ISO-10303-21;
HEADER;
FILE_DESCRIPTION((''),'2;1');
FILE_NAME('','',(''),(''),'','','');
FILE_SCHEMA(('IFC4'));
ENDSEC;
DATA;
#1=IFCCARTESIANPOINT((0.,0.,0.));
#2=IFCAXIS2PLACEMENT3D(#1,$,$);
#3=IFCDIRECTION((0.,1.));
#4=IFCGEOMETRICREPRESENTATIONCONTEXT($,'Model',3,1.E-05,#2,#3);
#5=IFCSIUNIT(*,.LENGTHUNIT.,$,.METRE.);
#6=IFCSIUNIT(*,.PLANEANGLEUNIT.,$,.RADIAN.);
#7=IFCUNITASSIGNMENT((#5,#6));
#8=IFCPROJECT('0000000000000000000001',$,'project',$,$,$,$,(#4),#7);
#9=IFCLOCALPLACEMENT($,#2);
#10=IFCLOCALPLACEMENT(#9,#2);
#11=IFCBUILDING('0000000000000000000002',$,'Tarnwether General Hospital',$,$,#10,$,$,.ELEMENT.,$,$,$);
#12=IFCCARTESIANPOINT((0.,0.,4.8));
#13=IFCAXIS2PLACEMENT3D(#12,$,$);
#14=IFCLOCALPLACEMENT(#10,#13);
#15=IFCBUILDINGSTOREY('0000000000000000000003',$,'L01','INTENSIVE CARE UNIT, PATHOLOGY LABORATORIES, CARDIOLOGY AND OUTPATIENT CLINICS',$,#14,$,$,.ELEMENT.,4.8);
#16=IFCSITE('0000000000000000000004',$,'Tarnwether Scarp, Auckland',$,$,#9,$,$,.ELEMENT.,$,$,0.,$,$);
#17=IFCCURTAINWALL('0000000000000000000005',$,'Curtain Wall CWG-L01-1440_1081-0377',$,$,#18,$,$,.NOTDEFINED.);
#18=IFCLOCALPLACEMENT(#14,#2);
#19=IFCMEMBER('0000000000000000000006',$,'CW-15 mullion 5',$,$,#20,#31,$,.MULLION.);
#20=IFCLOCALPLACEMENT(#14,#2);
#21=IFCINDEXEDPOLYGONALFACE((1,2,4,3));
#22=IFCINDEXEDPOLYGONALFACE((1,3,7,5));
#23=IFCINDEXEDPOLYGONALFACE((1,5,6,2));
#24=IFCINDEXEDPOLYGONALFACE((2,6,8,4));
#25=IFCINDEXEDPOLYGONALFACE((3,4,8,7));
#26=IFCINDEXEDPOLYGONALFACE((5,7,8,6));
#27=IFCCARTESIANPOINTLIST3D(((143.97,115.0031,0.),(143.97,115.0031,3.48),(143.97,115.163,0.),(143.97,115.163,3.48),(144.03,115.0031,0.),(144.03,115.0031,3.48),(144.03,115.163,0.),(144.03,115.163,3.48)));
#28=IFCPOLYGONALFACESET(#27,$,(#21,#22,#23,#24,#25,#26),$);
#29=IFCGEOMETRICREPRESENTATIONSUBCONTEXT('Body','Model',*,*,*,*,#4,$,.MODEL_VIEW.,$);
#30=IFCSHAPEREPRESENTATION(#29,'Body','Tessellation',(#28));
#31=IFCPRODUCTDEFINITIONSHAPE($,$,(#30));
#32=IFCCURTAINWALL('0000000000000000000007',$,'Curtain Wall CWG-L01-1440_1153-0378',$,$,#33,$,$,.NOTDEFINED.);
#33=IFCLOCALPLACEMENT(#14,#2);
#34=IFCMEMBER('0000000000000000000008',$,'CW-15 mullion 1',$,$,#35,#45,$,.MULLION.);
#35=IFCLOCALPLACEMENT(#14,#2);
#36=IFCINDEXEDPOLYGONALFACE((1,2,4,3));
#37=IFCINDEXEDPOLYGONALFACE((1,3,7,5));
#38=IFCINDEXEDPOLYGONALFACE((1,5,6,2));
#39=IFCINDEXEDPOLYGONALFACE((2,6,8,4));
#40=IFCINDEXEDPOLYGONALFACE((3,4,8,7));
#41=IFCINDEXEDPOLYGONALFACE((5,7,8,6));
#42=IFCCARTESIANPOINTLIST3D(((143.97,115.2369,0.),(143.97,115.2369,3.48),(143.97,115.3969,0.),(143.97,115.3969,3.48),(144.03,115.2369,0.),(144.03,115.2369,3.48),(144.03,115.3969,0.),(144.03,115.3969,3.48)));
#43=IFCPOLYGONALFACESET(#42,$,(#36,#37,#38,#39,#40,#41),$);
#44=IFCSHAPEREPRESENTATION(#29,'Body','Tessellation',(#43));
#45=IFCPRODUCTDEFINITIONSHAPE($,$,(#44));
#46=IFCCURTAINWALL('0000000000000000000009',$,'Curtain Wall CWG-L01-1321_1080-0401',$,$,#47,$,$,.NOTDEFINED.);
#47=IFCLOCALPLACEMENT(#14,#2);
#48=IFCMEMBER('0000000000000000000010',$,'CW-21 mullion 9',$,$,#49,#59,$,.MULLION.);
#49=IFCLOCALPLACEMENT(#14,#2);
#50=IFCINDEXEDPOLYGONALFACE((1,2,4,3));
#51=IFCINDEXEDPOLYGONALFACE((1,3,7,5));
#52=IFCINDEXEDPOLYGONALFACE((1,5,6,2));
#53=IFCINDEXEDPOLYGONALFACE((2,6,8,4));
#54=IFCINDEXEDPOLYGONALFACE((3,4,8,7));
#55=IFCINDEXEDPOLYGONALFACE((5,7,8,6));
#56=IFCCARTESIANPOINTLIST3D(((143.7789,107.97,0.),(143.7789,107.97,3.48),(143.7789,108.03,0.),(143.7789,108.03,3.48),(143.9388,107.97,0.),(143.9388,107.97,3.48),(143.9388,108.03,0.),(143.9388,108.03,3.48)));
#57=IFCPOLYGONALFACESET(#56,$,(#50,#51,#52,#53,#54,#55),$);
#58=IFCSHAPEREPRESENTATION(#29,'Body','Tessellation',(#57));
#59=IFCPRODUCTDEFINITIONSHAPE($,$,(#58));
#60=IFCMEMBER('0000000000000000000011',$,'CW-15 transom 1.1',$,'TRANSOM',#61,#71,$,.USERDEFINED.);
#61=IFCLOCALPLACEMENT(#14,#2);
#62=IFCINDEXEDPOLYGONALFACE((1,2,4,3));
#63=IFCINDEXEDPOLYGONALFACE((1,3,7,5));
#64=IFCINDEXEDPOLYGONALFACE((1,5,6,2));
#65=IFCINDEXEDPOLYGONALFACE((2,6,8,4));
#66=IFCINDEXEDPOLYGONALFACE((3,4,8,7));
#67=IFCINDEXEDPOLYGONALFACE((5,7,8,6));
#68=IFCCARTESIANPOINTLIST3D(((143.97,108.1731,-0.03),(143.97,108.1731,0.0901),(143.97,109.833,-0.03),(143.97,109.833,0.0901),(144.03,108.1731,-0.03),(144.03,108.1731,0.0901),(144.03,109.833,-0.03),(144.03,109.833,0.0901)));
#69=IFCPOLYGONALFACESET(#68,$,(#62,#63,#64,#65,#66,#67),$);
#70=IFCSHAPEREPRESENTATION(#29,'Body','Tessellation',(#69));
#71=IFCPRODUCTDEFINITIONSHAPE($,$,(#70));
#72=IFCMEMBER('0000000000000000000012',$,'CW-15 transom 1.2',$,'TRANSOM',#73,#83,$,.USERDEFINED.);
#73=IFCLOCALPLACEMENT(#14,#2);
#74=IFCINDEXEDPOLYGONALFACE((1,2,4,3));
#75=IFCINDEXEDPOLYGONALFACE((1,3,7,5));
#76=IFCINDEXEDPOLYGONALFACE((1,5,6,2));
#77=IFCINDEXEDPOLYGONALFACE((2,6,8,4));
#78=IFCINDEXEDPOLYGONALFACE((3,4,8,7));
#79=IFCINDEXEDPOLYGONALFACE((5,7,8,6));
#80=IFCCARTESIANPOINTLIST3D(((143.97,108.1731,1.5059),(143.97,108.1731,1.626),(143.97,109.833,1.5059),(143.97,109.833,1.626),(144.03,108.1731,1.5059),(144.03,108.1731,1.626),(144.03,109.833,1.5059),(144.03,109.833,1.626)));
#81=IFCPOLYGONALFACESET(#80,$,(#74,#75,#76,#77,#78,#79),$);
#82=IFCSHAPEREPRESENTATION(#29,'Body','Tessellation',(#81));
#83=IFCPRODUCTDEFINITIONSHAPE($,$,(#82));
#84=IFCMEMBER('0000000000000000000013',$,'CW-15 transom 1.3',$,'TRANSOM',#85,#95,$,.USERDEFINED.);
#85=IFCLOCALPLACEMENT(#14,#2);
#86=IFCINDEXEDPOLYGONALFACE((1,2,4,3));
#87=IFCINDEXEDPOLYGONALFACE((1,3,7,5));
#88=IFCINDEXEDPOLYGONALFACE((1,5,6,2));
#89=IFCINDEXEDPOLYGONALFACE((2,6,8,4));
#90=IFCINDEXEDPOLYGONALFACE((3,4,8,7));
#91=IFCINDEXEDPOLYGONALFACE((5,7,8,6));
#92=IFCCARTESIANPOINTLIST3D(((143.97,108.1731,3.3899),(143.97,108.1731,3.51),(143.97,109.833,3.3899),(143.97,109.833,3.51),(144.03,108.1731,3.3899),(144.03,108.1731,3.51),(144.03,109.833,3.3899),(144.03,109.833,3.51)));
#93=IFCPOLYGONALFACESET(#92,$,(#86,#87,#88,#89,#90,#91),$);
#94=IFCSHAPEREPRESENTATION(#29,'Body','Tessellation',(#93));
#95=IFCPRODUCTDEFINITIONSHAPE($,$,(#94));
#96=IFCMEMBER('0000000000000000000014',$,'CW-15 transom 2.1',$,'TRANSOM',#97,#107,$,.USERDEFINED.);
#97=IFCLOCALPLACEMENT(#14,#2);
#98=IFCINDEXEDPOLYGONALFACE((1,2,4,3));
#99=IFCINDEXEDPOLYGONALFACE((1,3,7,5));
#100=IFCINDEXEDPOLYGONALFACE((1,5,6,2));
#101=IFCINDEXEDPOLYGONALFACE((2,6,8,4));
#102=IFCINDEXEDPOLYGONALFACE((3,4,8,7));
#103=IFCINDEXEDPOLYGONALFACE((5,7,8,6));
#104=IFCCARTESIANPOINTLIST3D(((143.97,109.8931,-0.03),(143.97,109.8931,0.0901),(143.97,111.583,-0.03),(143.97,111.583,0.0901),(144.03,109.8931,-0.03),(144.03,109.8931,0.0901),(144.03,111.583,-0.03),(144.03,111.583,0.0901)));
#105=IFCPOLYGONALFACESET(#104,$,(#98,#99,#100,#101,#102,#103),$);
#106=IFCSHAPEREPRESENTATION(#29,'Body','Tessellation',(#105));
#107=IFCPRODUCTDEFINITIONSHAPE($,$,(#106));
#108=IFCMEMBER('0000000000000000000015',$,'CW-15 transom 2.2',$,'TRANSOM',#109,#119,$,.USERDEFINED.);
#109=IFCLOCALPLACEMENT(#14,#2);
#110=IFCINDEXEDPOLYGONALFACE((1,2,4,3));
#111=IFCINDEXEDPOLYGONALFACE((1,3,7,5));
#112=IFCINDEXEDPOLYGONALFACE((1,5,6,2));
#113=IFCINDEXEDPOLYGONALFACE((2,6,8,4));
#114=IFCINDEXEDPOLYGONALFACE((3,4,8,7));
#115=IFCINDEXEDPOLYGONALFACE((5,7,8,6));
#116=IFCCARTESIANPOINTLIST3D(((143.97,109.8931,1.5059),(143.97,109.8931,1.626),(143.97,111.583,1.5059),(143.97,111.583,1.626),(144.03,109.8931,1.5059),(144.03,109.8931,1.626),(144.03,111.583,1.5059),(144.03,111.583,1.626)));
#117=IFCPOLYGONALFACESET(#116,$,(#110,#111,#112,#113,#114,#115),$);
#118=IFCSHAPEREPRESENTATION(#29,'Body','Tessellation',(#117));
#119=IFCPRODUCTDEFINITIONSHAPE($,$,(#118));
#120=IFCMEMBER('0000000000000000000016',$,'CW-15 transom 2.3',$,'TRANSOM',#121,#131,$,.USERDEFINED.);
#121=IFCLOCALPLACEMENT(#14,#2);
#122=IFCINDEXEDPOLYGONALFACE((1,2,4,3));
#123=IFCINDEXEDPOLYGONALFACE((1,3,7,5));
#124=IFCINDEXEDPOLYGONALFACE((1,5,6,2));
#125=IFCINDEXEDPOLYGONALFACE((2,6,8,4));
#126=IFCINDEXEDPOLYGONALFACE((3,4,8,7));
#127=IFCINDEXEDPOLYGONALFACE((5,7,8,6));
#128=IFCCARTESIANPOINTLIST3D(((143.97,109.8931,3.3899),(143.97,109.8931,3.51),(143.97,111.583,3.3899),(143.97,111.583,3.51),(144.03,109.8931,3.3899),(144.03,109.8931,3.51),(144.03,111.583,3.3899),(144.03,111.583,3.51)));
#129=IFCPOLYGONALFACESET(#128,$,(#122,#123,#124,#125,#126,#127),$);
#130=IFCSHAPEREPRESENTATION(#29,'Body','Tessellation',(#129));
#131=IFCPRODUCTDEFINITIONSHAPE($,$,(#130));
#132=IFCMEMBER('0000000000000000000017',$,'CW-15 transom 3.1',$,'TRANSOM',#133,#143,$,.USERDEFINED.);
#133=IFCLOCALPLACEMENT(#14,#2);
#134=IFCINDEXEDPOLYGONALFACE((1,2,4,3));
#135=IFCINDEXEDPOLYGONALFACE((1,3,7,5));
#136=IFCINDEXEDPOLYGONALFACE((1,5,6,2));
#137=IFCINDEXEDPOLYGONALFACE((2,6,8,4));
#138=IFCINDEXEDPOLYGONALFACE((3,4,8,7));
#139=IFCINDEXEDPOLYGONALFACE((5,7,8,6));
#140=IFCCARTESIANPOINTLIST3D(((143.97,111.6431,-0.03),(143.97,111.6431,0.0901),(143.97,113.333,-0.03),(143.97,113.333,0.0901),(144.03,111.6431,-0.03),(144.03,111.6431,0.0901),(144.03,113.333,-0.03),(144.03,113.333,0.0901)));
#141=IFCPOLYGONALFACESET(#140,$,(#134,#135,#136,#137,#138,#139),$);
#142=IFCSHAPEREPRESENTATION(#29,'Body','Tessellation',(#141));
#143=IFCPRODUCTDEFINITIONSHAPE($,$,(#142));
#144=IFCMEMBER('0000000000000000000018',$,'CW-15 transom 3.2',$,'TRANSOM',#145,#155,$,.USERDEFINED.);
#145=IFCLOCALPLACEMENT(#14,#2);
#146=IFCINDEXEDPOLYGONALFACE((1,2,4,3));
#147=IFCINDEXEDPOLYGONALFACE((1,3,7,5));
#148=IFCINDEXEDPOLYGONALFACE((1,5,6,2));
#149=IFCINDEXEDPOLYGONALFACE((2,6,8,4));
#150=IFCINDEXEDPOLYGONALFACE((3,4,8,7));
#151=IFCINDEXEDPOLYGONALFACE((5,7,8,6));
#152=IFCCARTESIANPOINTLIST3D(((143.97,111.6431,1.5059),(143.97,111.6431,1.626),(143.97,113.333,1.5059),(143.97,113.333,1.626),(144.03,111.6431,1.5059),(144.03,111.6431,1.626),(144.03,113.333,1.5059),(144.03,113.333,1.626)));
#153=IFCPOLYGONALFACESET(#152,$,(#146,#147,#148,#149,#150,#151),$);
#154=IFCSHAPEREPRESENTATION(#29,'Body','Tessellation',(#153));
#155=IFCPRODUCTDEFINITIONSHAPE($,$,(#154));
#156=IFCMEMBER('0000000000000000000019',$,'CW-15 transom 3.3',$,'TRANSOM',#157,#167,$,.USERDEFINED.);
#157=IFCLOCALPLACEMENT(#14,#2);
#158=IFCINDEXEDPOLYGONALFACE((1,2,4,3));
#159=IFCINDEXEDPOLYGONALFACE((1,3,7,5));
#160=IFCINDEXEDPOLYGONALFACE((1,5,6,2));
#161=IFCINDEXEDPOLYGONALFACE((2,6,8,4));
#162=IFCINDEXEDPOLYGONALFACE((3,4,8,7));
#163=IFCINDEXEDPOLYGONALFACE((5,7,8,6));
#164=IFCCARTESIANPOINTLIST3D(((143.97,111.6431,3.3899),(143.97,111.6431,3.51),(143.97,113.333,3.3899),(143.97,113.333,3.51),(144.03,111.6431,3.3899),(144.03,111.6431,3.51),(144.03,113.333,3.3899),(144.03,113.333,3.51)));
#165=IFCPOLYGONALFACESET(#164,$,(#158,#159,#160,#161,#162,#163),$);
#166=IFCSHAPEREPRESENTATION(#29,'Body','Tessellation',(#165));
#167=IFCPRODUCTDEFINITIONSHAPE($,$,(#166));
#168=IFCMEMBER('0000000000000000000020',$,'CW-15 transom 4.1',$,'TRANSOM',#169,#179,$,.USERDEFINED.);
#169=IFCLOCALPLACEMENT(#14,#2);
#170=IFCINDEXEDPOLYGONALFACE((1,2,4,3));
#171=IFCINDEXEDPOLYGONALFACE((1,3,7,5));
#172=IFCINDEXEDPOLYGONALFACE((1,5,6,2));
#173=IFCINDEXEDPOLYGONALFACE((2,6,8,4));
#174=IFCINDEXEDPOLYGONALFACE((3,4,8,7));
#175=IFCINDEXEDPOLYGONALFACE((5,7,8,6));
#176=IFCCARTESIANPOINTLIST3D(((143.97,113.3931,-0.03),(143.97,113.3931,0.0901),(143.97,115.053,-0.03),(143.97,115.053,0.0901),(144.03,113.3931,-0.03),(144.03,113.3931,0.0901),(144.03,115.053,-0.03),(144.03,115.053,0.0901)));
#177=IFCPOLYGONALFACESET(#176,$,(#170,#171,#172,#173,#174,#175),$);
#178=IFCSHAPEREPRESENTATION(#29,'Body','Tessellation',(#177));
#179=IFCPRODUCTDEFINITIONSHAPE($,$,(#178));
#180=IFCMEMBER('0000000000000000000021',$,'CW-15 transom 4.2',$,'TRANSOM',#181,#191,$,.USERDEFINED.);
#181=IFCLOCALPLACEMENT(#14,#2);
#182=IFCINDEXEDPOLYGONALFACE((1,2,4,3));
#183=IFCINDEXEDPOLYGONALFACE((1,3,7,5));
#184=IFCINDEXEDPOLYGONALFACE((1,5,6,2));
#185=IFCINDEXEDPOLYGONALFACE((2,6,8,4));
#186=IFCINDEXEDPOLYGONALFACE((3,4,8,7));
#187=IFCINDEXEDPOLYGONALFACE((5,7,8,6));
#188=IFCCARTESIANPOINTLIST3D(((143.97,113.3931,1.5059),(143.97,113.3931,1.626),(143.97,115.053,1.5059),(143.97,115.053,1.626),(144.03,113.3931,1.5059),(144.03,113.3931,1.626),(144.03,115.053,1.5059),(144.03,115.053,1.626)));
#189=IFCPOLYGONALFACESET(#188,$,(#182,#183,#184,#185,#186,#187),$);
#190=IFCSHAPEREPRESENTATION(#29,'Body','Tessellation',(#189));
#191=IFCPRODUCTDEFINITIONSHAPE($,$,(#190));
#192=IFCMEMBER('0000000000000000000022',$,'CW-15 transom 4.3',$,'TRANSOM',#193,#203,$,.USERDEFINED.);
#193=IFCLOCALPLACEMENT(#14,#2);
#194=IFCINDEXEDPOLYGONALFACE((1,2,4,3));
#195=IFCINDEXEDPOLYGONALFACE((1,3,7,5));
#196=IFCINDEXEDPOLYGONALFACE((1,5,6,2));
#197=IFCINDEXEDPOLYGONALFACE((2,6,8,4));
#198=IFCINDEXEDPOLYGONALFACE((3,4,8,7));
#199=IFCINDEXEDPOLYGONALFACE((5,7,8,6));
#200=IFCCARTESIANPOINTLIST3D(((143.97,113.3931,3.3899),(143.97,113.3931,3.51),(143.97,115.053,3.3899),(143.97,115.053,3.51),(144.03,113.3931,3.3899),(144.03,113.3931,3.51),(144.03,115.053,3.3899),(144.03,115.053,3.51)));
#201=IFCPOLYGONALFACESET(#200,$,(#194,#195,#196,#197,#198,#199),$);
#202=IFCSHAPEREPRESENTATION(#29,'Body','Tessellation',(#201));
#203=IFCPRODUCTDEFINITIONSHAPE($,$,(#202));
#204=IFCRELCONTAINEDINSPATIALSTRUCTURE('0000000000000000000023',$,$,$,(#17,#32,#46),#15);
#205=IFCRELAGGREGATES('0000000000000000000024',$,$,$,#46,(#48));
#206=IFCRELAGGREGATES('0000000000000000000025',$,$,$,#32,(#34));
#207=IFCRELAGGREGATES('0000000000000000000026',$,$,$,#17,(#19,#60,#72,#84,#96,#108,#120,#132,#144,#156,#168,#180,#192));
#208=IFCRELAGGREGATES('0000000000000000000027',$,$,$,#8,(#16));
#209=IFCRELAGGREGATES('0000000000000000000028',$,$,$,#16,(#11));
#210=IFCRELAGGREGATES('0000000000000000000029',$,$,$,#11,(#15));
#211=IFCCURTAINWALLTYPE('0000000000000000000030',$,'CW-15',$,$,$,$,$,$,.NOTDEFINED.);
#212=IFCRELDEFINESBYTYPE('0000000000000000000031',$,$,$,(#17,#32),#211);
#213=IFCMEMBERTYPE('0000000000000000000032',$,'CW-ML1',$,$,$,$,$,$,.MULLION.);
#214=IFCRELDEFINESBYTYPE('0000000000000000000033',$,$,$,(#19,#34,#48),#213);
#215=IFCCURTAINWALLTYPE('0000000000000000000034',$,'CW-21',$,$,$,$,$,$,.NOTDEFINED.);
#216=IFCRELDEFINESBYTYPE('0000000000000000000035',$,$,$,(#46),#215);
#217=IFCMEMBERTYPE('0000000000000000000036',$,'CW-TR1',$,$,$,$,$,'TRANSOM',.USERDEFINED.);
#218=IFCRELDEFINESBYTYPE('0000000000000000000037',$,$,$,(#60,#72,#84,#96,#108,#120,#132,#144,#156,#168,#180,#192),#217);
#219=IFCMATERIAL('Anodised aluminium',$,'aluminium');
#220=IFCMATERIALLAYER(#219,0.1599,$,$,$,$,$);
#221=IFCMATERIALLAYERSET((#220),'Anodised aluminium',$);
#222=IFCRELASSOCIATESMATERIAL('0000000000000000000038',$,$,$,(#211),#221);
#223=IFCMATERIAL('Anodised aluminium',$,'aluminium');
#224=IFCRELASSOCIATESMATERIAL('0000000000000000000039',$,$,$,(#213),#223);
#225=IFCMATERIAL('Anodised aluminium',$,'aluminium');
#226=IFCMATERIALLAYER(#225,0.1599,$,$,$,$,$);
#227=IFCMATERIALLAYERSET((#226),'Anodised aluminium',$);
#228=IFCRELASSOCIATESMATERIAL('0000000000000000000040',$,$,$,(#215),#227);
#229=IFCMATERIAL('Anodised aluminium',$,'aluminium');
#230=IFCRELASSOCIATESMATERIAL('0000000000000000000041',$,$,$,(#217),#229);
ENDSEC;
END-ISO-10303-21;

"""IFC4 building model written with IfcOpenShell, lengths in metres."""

from ifc_helpers import new_model, si_unit, direction, frame, origin, origin_2d, place, context, subcontext, project, spatial, rectangle, extrude, material, layer, layer_set, material_profile, profile_set, type_object, element, aggregate, save


model = new_model("IFC4")

# Units and contexts
model_context = context("Model", 3, precision=1e-05, world=origin(), true_north=direction((0.0, 1.0)))
body_context = subcontext(model_context, "Body", "Model", "MODEL_VIEW")
ifc_project = project(units=[si_unit("LENGTHUNIT", "METRE"), si_unit("PLANEANGLEUNIT", "RADIAN")], contexts=[model_context])

# Site, building, storey
site_placement = place(None, origin())
site = spatial("IfcSite", under=ifc_project, at=site_placement, Name="Tarnwether Scarp, Auckland", CompositionType="ELEMENT", RefElevation=0.0)
building_placement = place(site_placement, origin())
building = spatial("IfcBuilding", under=site, at=building_placement, Name="Tarnwether General Hospital", CompositionType="ELEMENT")
storey_placement = place(building_placement, frame((0.0, 0.0, 4.8)))
storey = spatial("IfcBuildingStorey", under=building, at=storey_placement, Name="L01", Description="INTENSIVE CARE UNIT, PATHOLOGY LABORATORIES, CARDIOLOGY AND OUTPATIENT CLINICS", CompositionType="ELEMENT", Elevation=4.8)

# Curtain wall, member
ifc_material_1 = material(Name="Anodised aluminium", Category="aluminium")
ifc_layer_1 = layer(ifc_material_1, 0.1599)
ifc_layer_set_1 = layer_set([ifc_layer_1], Name="Anodised aluminium")
curtain_wall_type_1 = type_object("IfcCurtainWallType", Name="CW-15", PredefinedType="NOTDEFINED", material=ifc_layer_set_1)
curtain_wall_1_placement = place(storey_placement, origin())
curtain_wall_1 = element("IfcCurtainWall", 1, at=curtain_wall_1_placement, inside=storey, type_object=curtain_wall_type_1, Name="Curtain Wall CWG-L01-1440_1081-0377", PredefinedType="NOTDEFINED")
ifc_material_2 = material(Name="Anodised aluminium", Category="aluminium")
ifc_material_profile_1 = material_profile(ifc_material_2, rectangle(XDim=0.0601, YDim=0.1599, at=origin_2d()), Name="ALU-MUL-60x160")
ifc_profile_set_1 = profile_set([ifc_material_profile_1], Name="Anodised aluminium")
member_type_1 = type_object("IfcMemberType", Name="CW-ML1", PredefinedType="MULLION", material=ifc_profile_set_1)
member_1_placement = place(storey_placement, frame((144.0, 115.083, 0.0), z_axis=(0.0, 0.0, 1.0), x_axis=(-1.0, 0.0, 0.0)))
member_1 = element("IfcMember", 2, at=member_1_placement, type_object=member_type_1, Name="CW-15 mullion 5", PredefinedType="MULLION", context=body_context, shape_type="SweptSolid", body=[
    extrude(rectangle(XDim=0.0601, YDim=0.1599, at=origin_2d()), origin(), (0.0, 0.0, 1.0), 3.48),
])

# Curtain walls, members
curtain_wall_2_placement = place(storey_placement, origin())
curtain_wall_2 = element("IfcCurtainWall", 3, at=curtain_wall_2_placement, inside=storey, type_object=curtain_wall_type_1, Name="Curtain Wall CWG-L01-1440_1153-0378", PredefinedType="NOTDEFINED")
member_2_placement = place(storey_placement, frame((144.0, 115.3169, 0.0), z_axis=(0.0, 0.0, 1.0), x_axis=(-1.0, 0.0, 0.0)))
member_2 = element("IfcMember", 4, at=member_2_placement, type_object=member_type_1, Name="CW-15 mullion 1", PredefinedType="MULLION", context=body_context, shape_type="SweptSolid", body=[
    extrude(rectangle(XDim=0.0601, YDim=0.1599, at=origin_2d()), origin(), (0.0, 0.0, 1.0), 3.48),
])
ifc_material_3 = material(Name="Anodised aluminium", Category="aluminium")
ifc_layer_2 = layer(ifc_material_3, 0.1599)
ifc_layer_set_2 = layer_set([ifc_layer_2], Name="Anodised aluminium")
curtain_wall_type_2 = type_object("IfcCurtainWallType", Name="CW-21", PredefinedType="NOTDEFINED", material=ifc_layer_set_2)
curtain_wall_3_placement = place(storey_placement, origin())
curtain_wall_3 = element("IfcCurtainWall", 5, at=curtain_wall_3_placement, inside=storey, type_object=curtain_wall_type_2, Name="Curtain Wall CWG-L01-1321_1080-0401", PredefinedType="NOTDEFINED")
member_3_placement = place(storey_placement, frame((143.8589, 108.0, 0.0), z_axis=(0.0, 0.0, 1.0), x_axis=(0.0, 1.0, 0.0)))
member_3 = element("IfcMember", 6, at=member_3_placement, type_object=member_type_1, Name="CW-21 mullion 9", PredefinedType="MULLION", context=body_context, shape_type="SweptSolid", body=[
    extrude(rectangle(XDim=0.0601, YDim=0.1599, at=origin_2d()), origin(), (0.0, 0.0, 1.0), 3.48),
])
aggregate(curtain_wall_3, [member_3])

# Members
ifc_material_4 = material(Name="Anodised aluminium", Category="aluminium")
ifc_material_profile_2 = material_profile(ifc_material_4, rectangle(XDim=0.0601, YDim=0.1201, at=origin_2d()), Name="ALU-TRN-60x120")
ifc_profile_set_2 = profile_set([ifc_material_profile_2], Name="Anodised aluminium")
member_type_2 = type_object("IfcMemberType", Name="CW-TR1", ElementType="TRANSOM", PredefinedType="USERDEFINED", material=ifc_profile_set_2)
member_4_placement = place(storey_placement, frame((144.0, 108.1731, 0.03), z_axis=(0.0, 1.0, 0.0), x_axis=(-1.0, 0.0, 0.0)))
member_4 = element("IfcMember", 7, at=member_4_placement, type_object=member_type_2, Name="CW-15 transom 1.1", ObjectType="TRANSOM", PredefinedType="USERDEFINED", context=body_context, shape_type="SweptSolid", body=[
    extrude(rectangle(XDim=0.0601, YDim=0.1201, at=origin_2d()), origin(), (0.0, 0.0, 1.0), 1.6599),
])
member_5_placement = place(storey_placement, frame((144.0, 108.1731, 1.5659), z_axis=(0.0, 1.0, 0.0), x_axis=(-1.0, 0.0, 0.0)))
member_5 = element("IfcMember", 8, at=member_5_placement, type_object=member_type_2, Name="CW-15 transom 1.2", ObjectType="TRANSOM", PredefinedType="USERDEFINED", context=body_context, shape_type="SweptSolid", body=[
    extrude(rectangle(XDim=0.0601, YDim=0.1201, at=origin_2d()), origin(), (0.0, 0.0, 1.0), 1.6599),
])
member_6_placement = place(storey_placement, frame((144.0, 108.1731, 3.45), z_axis=(0.0, 1.0, 0.0), x_axis=(-1.0, 0.0, 0.0)))
member_6 = element("IfcMember", 9, at=member_6_placement, type_object=member_type_2, Name="CW-15 transom 1.3", ObjectType="TRANSOM", PredefinedType="USERDEFINED", context=body_context, shape_type="SweptSolid", body=[
    extrude(rectangle(XDim=0.0601, YDim=0.1201, at=origin_2d()), origin(), (0.0, 0.0, 1.0), 1.6599),
])
member_7_placement = place(storey_placement, frame((144.0, 109.8931, 0.03), z_axis=(0.0, 1.0, 0.0), x_axis=(-1.0, 0.0, 0.0)))
member_7 = element("IfcMember", 10, at=member_7_placement, type_object=member_type_2, Name="CW-15 transom 2.1", ObjectType="TRANSOM", PredefinedType="USERDEFINED", context=body_context, shape_type="SweptSolid", body=[
    extrude(rectangle(XDim=0.0601, YDim=0.1201, at=origin_2d()), origin(), (0.0, 0.0, 1.0), 1.6899),
])
member_8_placement = place(storey_placement, frame((144.0, 109.8931, 1.5659), z_axis=(0.0, 1.0, 0.0), x_axis=(-1.0, 0.0, 0.0)))
member_8 = element("IfcMember", 11, at=member_8_placement, type_object=member_type_2, Name="CW-15 transom 2.2", ObjectType="TRANSOM", PredefinedType="USERDEFINED", context=body_context, shape_type="SweptSolid", body=[
    extrude(rectangle(XDim=0.0601, YDim=0.1201, at=origin_2d()), origin(), (0.0, 0.0, 1.0), 1.6899),
])
member_9_placement = place(storey_placement, frame((144.0, 109.8931, 3.45), z_axis=(0.0, 1.0, 0.0), x_axis=(-1.0, 0.0, 0.0)))
member_9 = element("IfcMember", 12, at=member_9_placement, type_object=member_type_2, Name="CW-15 transom 2.3", ObjectType="TRANSOM", PredefinedType="USERDEFINED", context=body_context, shape_type="SweptSolid", body=[
    extrude(rectangle(XDim=0.0601, YDim=0.1201, at=origin_2d()), origin(), (0.0, 0.0, 1.0), 1.6899),
])
member_10_placement = place(storey_placement, frame((144.0, 111.6431, 0.03), z_axis=(0.0, 1.0, 0.0), x_axis=(-1.0, 0.0, 0.0)))
member_10 = element("IfcMember", 13, at=member_10_placement, type_object=member_type_2, Name="CW-15 transom 3.1", ObjectType="TRANSOM", PredefinedType="USERDEFINED", context=body_context, shape_type="SweptSolid", body=[
    extrude(rectangle(XDim=0.0601, YDim=0.1201, at=origin_2d()), origin(), (0.0, 0.0, 1.0), 1.6899),
])
member_11_placement = place(storey_placement, frame((144.0, 111.6431, 1.5659), z_axis=(0.0, 1.0, 0.0), x_axis=(-1.0, 0.0, 0.0)))
member_11 = element("IfcMember", 14, at=member_11_placement, type_object=member_type_2, Name="CW-15 transom 3.2", ObjectType="TRANSOM", PredefinedType="USERDEFINED", context=body_context, shape_type="SweptSolid", body=[
    extrude(rectangle(XDim=0.0601, YDim=0.1201, at=origin_2d()), origin(), (0.0, 0.0, 1.0), 1.6899),
])
member_12_placement = place(storey_placement, frame((144.0, 111.6431, 3.45), z_axis=(0.0, 1.0, 0.0), x_axis=(-1.0, 0.0, 0.0)))
member_12 = element("IfcMember", 15, at=member_12_placement, type_object=member_type_2, Name="CW-15 transom 3.3", ObjectType="TRANSOM", PredefinedType="USERDEFINED", context=body_context, shape_type="SweptSolid", body=[
    extrude(rectangle(XDim=0.0601, YDim=0.1201, at=origin_2d()), origin(), (0.0, 0.0, 1.0), 1.6899),
])
member_13_placement = place(storey_placement, frame((144.0, 113.3931, 0.03), z_axis=(0.0, 1.0, 0.0), x_axis=(-1.0, 0.0, 0.0)))
member_13 = element("IfcMember", 16, at=member_13_placement, type_object=member_type_2, Name="CW-15 transom 4.1", ObjectType="TRANSOM", PredefinedType="USERDEFINED", context=body_context, shape_type="SweptSolid", body=[
    extrude(rectangle(XDim=0.0601, YDim=0.1201, at=origin_2d()), origin(), (0.0, 0.0, 1.0), 1.6599),
])
member_14_placement = place(storey_placement, frame((144.0, 113.3931, 1.5659), z_axis=(0.0, 1.0, 0.0), x_axis=(-1.0, 0.0, 0.0)))
member_14 = element("IfcMember", 17, at=member_14_placement, type_object=member_type_2, Name="CW-15 transom 4.2", ObjectType="TRANSOM", PredefinedType="USERDEFINED", context=body_context, shape_type="SweptSolid", body=[
    extrude(rectangle(XDim=0.0601, YDim=0.1201, at=origin_2d()), origin(), (0.0, 0.0, 1.0), 1.6599),
])
member_15_placement = place(storey_placement, frame((144.0, 113.3931, 3.45), z_axis=(0.0, 1.0, 0.0), x_axis=(-1.0, 0.0, 0.0)))
member_15 = element("IfcMember", 18, at=member_15_placement, type_object=member_type_2, Name="CW-15 transom 4.3", ObjectType="TRANSOM", PredefinedType="USERDEFINED", context=body_context, shape_type="SweptSolid", body=[
    extrude(rectangle(XDim=0.0601, YDim=0.1201, at=origin_2d()), origin(), (0.0, 0.0, 1.0), 1.6599),
])
aggregate(curtain_wall_2, [member_2])

aggregate(curtain_wall_1, [member_1, member_4, member_5, member_6, member_7, member_8, member_9, member_10, member_11, member_12, member_13, member_14, member_15])

save(model, "model.ifc")
